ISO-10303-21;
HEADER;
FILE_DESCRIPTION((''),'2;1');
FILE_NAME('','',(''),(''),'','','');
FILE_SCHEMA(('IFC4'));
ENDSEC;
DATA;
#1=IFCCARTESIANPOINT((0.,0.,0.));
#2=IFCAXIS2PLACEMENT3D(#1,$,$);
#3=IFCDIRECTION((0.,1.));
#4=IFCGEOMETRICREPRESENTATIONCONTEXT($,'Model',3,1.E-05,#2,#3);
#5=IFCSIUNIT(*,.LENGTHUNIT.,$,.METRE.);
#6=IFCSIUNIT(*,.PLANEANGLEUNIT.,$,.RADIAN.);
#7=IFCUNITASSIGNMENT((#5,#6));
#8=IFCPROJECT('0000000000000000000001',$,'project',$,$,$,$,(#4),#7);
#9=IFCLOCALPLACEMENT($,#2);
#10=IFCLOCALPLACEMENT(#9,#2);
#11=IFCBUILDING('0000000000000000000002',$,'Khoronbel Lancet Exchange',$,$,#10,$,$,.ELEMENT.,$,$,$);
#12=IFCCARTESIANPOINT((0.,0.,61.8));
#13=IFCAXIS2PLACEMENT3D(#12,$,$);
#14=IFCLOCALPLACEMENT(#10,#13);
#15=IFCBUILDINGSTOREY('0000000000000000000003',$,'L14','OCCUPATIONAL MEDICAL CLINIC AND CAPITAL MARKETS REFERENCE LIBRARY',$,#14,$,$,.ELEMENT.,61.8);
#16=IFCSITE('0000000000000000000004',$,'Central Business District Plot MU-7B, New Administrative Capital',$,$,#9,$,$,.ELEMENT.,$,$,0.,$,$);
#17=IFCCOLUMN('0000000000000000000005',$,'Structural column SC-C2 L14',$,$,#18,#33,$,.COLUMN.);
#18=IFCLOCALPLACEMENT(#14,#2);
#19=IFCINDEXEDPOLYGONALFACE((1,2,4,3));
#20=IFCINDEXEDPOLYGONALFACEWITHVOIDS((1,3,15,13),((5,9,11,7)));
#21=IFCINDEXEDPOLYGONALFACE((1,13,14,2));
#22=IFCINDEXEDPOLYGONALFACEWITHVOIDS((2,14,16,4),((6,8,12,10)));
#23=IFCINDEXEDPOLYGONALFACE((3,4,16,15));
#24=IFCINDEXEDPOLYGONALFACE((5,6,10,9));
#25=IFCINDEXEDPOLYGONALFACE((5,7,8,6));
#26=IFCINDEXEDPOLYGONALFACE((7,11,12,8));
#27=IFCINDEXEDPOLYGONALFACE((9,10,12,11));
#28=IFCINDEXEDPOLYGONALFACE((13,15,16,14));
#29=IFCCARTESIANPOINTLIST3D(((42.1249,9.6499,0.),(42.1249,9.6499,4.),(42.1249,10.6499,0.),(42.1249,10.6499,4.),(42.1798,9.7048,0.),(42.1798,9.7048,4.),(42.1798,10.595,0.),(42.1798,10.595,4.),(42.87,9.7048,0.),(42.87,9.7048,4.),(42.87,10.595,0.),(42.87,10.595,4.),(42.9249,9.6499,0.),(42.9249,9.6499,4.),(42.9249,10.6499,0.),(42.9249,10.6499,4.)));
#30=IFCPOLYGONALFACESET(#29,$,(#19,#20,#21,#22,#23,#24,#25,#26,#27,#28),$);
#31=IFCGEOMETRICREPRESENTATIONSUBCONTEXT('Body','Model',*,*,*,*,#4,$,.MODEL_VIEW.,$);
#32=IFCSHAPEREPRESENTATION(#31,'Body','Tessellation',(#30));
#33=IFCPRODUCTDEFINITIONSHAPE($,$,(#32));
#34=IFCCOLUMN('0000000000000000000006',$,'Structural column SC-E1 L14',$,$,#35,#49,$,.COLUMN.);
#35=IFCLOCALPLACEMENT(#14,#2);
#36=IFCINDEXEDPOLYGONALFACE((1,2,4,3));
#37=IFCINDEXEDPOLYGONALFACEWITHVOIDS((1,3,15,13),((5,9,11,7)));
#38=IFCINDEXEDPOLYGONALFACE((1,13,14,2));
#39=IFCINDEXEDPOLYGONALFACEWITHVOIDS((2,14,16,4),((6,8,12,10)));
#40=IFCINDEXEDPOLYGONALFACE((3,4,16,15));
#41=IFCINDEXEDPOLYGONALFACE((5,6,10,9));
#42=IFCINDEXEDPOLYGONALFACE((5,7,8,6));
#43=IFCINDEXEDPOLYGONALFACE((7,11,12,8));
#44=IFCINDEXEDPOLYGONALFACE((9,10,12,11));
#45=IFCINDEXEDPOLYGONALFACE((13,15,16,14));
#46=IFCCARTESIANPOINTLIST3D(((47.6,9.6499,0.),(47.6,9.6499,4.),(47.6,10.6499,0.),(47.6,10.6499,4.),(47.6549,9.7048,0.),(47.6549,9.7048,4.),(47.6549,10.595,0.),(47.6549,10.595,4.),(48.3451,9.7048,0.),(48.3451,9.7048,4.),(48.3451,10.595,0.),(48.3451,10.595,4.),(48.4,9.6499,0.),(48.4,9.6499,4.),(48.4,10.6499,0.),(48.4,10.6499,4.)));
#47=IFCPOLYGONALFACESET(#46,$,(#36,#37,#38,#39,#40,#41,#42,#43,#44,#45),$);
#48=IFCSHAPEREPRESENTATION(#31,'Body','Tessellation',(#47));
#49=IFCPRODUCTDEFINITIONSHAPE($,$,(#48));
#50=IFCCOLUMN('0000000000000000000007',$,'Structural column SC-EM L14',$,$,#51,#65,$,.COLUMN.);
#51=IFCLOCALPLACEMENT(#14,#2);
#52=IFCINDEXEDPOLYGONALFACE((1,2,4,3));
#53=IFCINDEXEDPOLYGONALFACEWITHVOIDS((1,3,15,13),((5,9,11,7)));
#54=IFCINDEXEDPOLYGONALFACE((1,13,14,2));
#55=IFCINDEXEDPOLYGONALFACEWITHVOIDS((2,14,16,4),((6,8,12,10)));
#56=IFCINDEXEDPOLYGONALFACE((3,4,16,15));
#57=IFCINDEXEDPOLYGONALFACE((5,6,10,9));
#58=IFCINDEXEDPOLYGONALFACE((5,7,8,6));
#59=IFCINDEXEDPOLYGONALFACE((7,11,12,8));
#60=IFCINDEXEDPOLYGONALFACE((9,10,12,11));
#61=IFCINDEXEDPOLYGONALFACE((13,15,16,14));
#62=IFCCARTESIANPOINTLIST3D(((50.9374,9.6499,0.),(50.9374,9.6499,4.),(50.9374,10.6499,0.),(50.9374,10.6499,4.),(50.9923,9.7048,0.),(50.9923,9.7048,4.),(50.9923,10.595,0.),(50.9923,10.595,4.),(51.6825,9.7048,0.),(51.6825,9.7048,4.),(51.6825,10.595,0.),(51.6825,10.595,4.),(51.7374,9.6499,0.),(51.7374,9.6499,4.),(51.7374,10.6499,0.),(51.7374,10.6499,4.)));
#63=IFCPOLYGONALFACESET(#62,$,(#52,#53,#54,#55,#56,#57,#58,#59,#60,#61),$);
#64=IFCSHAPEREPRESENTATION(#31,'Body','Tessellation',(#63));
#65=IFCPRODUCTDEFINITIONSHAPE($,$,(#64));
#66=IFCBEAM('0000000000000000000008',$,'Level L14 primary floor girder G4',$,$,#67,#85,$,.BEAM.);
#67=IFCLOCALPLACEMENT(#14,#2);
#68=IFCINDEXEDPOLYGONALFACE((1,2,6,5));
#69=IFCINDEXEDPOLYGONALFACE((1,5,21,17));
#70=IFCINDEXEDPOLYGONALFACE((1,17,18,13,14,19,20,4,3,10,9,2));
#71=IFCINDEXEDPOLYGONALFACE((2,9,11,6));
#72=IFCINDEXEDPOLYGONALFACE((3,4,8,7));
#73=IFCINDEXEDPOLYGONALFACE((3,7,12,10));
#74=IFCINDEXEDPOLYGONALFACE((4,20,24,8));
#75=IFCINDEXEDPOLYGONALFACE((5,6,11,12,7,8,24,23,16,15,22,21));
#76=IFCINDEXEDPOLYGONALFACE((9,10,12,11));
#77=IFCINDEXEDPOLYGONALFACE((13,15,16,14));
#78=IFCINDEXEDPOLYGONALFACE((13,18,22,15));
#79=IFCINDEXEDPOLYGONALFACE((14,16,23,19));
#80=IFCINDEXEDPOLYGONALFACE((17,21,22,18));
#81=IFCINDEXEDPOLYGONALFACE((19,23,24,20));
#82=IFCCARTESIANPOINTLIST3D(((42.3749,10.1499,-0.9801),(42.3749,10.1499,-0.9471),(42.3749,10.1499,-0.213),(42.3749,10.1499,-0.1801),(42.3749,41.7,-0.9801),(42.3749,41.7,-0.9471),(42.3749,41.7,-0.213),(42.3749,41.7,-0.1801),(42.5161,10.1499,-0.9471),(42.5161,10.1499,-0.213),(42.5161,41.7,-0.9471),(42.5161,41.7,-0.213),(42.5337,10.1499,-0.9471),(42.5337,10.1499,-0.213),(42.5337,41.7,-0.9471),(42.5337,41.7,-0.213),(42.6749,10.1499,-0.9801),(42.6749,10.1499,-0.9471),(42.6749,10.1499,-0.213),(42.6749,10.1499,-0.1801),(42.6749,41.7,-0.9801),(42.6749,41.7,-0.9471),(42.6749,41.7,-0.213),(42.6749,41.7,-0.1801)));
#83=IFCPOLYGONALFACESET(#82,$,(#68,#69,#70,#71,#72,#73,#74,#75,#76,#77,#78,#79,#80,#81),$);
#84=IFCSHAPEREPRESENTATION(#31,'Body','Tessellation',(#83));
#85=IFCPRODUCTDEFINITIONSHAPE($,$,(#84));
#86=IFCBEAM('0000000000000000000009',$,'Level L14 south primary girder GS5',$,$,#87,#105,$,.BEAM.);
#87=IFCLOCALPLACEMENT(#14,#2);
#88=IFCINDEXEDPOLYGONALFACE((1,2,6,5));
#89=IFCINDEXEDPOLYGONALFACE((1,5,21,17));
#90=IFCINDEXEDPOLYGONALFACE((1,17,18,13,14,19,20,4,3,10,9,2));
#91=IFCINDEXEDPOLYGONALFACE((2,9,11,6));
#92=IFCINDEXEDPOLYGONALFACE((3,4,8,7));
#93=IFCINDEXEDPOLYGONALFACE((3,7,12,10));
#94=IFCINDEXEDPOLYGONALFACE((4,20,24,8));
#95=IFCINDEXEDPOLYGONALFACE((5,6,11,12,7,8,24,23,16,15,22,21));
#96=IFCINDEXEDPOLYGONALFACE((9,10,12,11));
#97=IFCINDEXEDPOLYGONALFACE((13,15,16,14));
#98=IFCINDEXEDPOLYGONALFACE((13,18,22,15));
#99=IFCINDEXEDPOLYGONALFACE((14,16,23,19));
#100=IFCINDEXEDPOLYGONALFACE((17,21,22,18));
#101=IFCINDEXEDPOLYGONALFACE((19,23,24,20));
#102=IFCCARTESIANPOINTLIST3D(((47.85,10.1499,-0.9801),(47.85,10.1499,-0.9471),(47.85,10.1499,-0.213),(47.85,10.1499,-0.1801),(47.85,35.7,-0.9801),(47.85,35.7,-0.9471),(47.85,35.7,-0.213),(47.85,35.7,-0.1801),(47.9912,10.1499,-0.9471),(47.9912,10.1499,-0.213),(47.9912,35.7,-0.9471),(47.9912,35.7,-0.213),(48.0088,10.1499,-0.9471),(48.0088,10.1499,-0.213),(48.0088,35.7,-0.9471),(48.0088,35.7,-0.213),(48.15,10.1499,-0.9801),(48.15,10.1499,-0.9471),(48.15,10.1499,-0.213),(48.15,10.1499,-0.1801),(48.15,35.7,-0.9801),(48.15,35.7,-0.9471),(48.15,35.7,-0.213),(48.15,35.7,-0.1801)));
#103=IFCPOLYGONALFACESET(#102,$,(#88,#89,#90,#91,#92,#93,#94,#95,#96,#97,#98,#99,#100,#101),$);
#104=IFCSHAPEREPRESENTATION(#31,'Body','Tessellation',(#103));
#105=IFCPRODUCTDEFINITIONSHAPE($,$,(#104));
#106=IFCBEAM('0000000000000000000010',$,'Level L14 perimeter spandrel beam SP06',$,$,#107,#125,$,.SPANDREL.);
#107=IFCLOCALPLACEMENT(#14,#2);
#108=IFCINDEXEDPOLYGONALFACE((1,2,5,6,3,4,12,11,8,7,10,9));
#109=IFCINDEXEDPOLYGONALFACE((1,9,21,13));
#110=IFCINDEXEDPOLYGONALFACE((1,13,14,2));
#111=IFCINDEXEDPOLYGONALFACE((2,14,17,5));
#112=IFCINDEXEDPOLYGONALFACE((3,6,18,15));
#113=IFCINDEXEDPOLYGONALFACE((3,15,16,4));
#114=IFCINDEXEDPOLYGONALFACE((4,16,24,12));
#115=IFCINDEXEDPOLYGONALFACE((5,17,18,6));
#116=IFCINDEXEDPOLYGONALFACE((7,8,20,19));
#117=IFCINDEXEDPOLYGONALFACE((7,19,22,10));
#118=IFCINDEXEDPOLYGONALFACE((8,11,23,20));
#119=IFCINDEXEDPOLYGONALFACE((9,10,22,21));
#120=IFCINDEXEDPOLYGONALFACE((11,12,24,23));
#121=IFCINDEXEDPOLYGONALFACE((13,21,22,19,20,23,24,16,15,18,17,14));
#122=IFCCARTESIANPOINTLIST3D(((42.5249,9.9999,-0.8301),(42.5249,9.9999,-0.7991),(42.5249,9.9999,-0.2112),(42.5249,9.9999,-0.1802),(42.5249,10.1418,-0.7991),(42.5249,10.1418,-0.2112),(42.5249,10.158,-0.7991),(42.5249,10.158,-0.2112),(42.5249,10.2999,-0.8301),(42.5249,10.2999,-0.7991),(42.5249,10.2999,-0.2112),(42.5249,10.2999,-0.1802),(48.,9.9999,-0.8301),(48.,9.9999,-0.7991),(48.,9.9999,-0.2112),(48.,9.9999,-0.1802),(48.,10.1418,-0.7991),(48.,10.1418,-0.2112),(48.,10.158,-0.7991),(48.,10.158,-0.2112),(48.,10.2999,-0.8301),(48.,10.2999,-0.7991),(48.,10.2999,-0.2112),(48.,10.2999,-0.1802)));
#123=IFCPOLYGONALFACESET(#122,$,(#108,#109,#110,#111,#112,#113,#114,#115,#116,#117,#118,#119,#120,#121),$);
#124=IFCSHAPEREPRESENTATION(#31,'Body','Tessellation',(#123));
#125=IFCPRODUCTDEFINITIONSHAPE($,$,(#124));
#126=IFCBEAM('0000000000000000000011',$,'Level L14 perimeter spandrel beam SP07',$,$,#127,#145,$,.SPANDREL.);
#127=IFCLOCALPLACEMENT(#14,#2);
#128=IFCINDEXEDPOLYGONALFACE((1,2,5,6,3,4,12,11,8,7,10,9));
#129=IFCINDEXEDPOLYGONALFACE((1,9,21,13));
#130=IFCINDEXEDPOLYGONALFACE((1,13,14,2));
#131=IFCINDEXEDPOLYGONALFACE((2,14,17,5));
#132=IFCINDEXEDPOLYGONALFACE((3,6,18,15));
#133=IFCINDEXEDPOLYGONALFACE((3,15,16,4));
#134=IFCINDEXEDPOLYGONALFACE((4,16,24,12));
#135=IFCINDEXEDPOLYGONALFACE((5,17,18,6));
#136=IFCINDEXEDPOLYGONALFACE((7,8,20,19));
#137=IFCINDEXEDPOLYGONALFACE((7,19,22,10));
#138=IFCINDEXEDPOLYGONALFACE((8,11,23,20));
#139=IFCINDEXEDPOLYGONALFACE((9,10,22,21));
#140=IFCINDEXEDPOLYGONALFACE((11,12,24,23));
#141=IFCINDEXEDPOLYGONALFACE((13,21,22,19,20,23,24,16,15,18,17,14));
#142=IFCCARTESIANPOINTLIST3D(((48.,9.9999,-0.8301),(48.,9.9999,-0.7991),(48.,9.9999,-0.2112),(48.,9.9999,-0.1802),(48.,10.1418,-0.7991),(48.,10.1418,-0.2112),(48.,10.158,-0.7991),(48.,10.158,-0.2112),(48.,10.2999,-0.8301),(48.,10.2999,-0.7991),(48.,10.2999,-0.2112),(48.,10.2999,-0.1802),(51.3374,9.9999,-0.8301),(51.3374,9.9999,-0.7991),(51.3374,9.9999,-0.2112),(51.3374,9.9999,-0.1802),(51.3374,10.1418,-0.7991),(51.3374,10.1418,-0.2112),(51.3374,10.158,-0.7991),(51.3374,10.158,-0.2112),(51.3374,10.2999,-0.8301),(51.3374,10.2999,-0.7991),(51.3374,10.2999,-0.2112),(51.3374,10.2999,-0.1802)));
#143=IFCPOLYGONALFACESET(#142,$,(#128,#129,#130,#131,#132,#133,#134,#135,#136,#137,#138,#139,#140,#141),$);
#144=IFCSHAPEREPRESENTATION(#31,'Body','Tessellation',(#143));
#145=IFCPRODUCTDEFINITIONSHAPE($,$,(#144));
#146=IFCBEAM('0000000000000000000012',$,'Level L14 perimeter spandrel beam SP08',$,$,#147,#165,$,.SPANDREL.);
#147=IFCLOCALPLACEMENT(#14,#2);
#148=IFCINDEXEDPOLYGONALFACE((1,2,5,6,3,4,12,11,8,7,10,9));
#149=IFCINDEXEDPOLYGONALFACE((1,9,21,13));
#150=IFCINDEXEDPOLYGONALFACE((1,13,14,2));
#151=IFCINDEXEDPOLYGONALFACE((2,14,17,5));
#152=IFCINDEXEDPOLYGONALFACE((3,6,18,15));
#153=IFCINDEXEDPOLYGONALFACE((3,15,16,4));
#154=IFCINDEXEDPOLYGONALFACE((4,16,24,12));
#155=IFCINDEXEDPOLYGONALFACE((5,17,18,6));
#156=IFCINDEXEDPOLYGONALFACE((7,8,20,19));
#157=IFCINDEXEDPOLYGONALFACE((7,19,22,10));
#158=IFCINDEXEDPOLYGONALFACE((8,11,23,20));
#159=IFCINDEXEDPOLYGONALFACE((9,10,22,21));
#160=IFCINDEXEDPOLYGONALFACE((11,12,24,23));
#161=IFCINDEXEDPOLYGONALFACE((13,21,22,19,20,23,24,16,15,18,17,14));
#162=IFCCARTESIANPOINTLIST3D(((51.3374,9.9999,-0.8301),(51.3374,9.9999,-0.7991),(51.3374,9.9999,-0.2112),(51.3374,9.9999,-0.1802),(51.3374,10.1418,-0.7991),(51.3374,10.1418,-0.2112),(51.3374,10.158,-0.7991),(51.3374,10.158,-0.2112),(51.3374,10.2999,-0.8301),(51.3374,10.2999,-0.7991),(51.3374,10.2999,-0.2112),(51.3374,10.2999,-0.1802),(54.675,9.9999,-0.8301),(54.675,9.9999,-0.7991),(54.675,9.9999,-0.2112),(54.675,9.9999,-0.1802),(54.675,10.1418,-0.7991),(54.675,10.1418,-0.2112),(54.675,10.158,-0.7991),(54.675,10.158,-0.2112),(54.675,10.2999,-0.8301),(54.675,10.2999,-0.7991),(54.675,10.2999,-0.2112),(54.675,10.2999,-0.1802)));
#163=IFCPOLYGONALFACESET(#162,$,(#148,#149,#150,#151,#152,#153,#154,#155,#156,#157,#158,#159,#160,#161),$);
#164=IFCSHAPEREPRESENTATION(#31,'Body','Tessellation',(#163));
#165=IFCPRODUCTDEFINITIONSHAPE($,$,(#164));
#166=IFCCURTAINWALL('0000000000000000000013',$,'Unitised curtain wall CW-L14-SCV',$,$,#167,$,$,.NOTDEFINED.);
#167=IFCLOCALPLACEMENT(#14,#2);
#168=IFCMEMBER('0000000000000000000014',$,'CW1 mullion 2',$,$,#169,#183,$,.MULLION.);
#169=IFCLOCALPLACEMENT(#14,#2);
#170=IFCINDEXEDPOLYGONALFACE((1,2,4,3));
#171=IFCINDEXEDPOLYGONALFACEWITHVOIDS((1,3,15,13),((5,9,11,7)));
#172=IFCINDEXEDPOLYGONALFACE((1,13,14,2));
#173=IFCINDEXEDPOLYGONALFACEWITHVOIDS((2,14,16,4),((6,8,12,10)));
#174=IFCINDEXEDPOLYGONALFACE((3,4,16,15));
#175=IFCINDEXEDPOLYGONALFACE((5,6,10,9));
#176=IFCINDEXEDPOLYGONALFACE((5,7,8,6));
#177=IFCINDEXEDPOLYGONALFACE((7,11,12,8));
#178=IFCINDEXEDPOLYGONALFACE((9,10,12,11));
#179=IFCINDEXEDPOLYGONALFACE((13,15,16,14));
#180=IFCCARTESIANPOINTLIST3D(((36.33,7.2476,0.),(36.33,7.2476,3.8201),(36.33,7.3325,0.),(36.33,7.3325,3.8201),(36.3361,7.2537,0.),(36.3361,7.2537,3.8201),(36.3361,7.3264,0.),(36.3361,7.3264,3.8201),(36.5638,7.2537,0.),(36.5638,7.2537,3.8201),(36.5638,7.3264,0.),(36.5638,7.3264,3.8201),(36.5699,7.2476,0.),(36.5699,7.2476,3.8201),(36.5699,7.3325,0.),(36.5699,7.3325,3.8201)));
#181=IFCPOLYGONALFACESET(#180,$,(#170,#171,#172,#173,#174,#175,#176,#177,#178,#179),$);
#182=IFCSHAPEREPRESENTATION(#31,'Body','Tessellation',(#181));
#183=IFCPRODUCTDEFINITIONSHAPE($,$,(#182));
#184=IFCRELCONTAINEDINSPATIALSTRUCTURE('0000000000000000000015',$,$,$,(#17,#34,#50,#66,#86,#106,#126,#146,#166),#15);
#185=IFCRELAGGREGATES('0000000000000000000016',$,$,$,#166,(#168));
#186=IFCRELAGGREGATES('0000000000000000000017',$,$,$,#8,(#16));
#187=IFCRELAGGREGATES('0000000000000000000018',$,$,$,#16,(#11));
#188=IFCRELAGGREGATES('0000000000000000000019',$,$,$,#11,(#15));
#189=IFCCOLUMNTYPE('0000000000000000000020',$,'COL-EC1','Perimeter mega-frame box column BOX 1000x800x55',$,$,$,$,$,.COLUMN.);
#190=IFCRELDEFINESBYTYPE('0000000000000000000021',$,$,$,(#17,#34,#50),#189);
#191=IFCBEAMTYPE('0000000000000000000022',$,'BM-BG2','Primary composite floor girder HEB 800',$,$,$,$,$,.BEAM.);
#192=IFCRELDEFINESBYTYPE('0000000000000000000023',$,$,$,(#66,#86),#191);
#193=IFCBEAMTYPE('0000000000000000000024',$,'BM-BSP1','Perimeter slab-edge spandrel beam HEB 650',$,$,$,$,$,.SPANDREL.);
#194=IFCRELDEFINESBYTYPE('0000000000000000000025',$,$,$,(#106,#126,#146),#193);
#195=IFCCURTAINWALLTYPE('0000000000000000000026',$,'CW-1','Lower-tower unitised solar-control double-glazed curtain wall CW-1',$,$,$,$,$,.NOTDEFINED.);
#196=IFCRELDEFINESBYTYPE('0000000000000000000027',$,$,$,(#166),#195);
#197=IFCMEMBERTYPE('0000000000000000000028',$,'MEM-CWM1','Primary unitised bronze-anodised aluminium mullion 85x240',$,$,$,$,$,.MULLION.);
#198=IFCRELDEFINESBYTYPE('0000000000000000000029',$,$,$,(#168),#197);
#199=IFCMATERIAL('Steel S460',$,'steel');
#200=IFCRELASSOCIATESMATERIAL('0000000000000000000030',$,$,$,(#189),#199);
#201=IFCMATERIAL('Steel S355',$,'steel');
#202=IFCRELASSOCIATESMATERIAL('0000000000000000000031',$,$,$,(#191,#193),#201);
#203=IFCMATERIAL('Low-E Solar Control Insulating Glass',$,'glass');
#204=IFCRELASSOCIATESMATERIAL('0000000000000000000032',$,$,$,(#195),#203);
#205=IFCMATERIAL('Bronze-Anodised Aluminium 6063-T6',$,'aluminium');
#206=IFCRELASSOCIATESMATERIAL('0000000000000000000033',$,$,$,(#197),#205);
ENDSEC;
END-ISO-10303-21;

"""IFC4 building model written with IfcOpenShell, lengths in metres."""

from ifc_helpers import new_model, si_unit, direction, frame, origin, origin_2d, place, context, subcontext, project, spatial, hollow_rectangle, i_section, extrude, material, material_profile, profile_set, type_object, element, aggregate, save


model = new_model("IFC4")

# Units and contexts
model_context = context("Model", 3, precision=1e-05, world=origin(), true_north=direction((0.0, 1.0)))
body_context = subcontext(model_context, "Body", "Model", "MODEL_VIEW")
ifc_project = project(units=[si_unit("LENGTHUNIT", "METRE"), si_unit("PLANEANGLEUNIT", "RADIAN")], contexts=[model_context])

# Site, building, storey
site_placement = place(None, origin())
site = spatial("IfcSite", under=ifc_project, at=site_placement, Name="Central Business District Plot MU-7B, New Administrative Capital", CompositionType="ELEMENT", RefElevation=0.0)
building_placement = place(site_placement, origin())
building = spatial("IfcBuilding", under=site, at=building_placement, Name="Khoronbel Lancet Exchange", CompositionType="ELEMENT")
storey_placement = place(building_placement, frame((0.0, 0.0, 61.8)))
storey = spatial("IfcBuildingStorey", under=building, at=storey_placement, Name="L14", Description="OCCUPATIONAL MEDICAL CLINIC AND CAPITAL MARKETS REFERENCE LIBRARY", CompositionType="ELEMENT", Elevation=61.8)

# Columns
ifc_material_1 = material(Name="Steel S460", Category="steel")
ifc_material_profile_1 = material_profile(ifc_material_1, hollow_rectangle(XDim=0.8, YDim=1.0, WallThickness=0.0549, at=origin_2d()), Name="BOX 1000x800x55")
ifc_profile_set_1 = profile_set([ifc_material_profile_1], Name="Steel S460")
column_type = type_object("IfcColumnType", Name="COL-EC1", Description="Perimeter mega-frame box column BOX 1000x800x55", PredefinedType="COLUMN", material=ifc_profile_set_1)
for number, where, z_axis, x_axis, name in (
    (1, (42.5249, 10.1499, 0.0), (0.0, 0.0, 1.0), (1.0, 0.0, 0.0), "Structural column SC-C2 L14"),
    (2, (48.0, 10.1499, 0.0), (0.0, 0.0, 1.0), (1.0, 0.0, 0.0), "Structural column SC-E1 L14"),
    (3, (51.3374, 10.1499, 0.0), (0.0, 0.0, 1.0), (1.0, 0.0, 0.0), "Structural column SC-EM L14"),
):
    element("IfcColumn", number, at=place(storey_placement, frame(where, z_axis=z_axis, x_axis=x_axis)), inside=storey, type_object=column_type, Name=name, PredefinedType="COLUMN", context=body_context, shape_type="SweptSolid", body=[
        extrude(hollow_rectangle(XDim=0.8, YDim=1.0, WallThickness=0.0549, at=origin_2d()), origin(), (0.0, 0.0, 1.0), 4.0),
    ])

# Beams
ifc_material_2 = material(Name="Steel S355", Category="steel")
ifc_material_profile_2 = material_profile(ifc_material_2, i_section(OverallWidth=0.3, OverallDepth=0.8, WebThickness=0.0176, FlangeThickness=0.033, at=origin_2d()), Name="HEB 800")
ifc_profile_set_2 = profile_set([ifc_material_profile_2], Name="Steel S355")
beam_type_1 = type_object("IfcBeamType", Name="BM-BG2", Description="Primary composite floor girder HEB 800", PredefinedType="BEAM", material=ifc_profile_set_2)
beam_1_placement = place(storey_placement, frame((42.5249, 10.1499, -0.5801), z_axis=(0.0, 1.0, 0.0), x_axis=(-1.0, 0.0, 0.0)))
element("IfcBeam", 4, at=beam_1_placement, inside=storey, type_object=beam_type_1, Name="Level L14 primary floor girder G4", PredefinedType="BEAM", context=body_context, shape_type="SweptSolid", body=[
    extrude(i_section(OverallWidth=0.3, OverallDepth=0.8, WebThickness=0.0176, FlangeThickness=0.033, at=origin_2d()), origin(), (0.0, 0.0, 1.0), 31.55),
])
beam_2_placement = place(storey_placement, frame((48.0, 10.1499, -0.5801), z_axis=(0.0, 1.0, 0.0), x_axis=(-1.0, 0.0, 0.0)))
element("IfcBeam", 5, at=beam_2_placement, inside=storey, type_object=beam_type_1, Name="Level L14 south primary girder GS5", PredefinedType="BEAM", context=body_context, shape_type="SweptSolid", body=[
    extrude(i_section(OverallWidth=0.3, OverallDepth=0.8, WebThickness=0.0176, FlangeThickness=0.033, at=origin_2d()), origin(), (0.0, 0.0, 1.0), 25.55),
])
ifc_material_profile_3 = material_profile(ifc_material_2, i_section(OverallWidth=0.3, OverallDepth=0.6499, WebThickness=0.0161, FlangeThickness=0.031, at=origin_2d()), Name="HEB 650")
ifc_profile_set_3 = profile_set([ifc_material_profile_3], Name="Steel S355")
beam_type_2 = type_object("IfcBeamType", Name="BM-BSP1", Description="Perimeter slab-edge spandrel beam HEB 650", PredefinedType="SPANDREL", material=ifc_profile_set_3)
beam_3_placement = place(storey_placement, frame((42.5249, 10.1499, -0.5051), z_axis=(1.0, 0.0, 0.0), x_axis=(0.0, 1.0, 0.0)))
element("IfcBeam", 6, at=beam_3_placement, inside=storey, type_object=beam_type_2, Name="Level L14 perimeter spandrel beam SP06", PredefinedType="SPANDREL", context=body_context, shape_type="SweptSolid", body=[
    extrude(i_section(OverallWidth=0.3, OverallDepth=0.6499, WebThickness=0.0161, FlangeThickness=0.031, at=origin_2d()), origin(), (0.0, 0.0, 1.0), 5.4751),
])
beam_4_placement = place(storey_placement, frame((48.0, 10.1499, -0.5051), z_axis=(1.0, 0.0, 0.0), x_axis=(0.0, 1.0, 0.0)))
element("IfcBeam", 7, at=beam_4_placement, inside=storey, type_object=beam_type_2, Name="Level L14 perimeter spandrel beam SP07", PredefinedType="SPANDREL", context=body_context, shape_type="SweptSolid", body=[
    extrude(i_section(OverallWidth=0.3, OverallDepth=0.6499, WebThickness=0.0161, FlangeThickness=0.031, at=origin_2d()), origin(), (0.0, 0.0, 1.0), 3.3374),
])
beam_5_placement = place(storey_placement, frame((51.3374, 10.1499, -0.5051), z_axis=(1.0, 0.0, 0.0), x_axis=(0.0, 1.0, 0.0)))
element("IfcBeam", 8, at=beam_5_placement, inside=storey, type_object=beam_type_2, Name="Level L14 perimeter spandrel beam SP08", PredefinedType="SPANDREL", context=body_context, shape_type="SweptSolid", body=[
    extrude(i_section(OverallWidth=0.3, OverallDepth=0.6499, WebThickness=0.0161, FlangeThickness=0.031, at=origin_2d()), origin(), (0.0, 0.0, 1.0), 3.3376),
])

# Curtain wall, member
ifc_material_3 = material(Name="Low-E Solar Control Insulating Glass", Category="glass")
curtain_wall_type = type_object("IfcCurtainWallType", Name="CW-1", Description="Lower-tower unitised solar-control double-glazed curtain wall CW-1", PredefinedType="NOTDEFINED", material=ifc_material_3)
curtain_wall_1_placement = place(storey_placement, origin())
curtain_wall_1 = element("IfcCurtainWall", 9, at=curtain_wall_1_placement, inside=storey, type_object=curtain_wall_type, Name="Unitised curtain wall CW-L14-SCV", PredefinedType="NOTDEFINED")
ifc_material_4 = material(Name="Bronze-Anodised Aluminium 6063-T6", Category="aluminium")
ifc_material_profile_4 = material_profile(ifc_material_4, hollow_rectangle(XDim=0.085, YDim=0.24, WallThickness=0.0061, at=origin_2d()), Name="ALU MULLION 85x240")
ifc_profile_set_4 = profile_set([ifc_material_profile_4], Name="Bronze-Anodised Aluminium 6063-T6")
member_type_1 = type_object("IfcMemberType", Name="MEM-CWM1", Description="Primary unitised bronze-anodised aluminium mullion 85x240", PredefinedType="MULLION", material=ifc_profile_set_4)
member_1_placement = place(storey_placement, frame((36.45, 7.29, 0.0), z_axis=(0.0, 0.0, 1.0), x_axis=(0.0, 1.0, 0.0)))
member_1 = element("IfcMember", 10, at=member_1_placement, type_object=member_type_1, Name="CW1 mullion 2", PredefinedType="MULLION", context=body_context, shape_type="SweptSolid", body=[
    extrude(hollow_rectangle(XDim=0.085, YDim=0.24, WallThickness=0.0061, at=origin_2d()), origin(), (0.0, 0.0, 1.0), 3.8201),
])

aggregate(curtain_wall_1, [member_1])

save(model, "model.ifc")
